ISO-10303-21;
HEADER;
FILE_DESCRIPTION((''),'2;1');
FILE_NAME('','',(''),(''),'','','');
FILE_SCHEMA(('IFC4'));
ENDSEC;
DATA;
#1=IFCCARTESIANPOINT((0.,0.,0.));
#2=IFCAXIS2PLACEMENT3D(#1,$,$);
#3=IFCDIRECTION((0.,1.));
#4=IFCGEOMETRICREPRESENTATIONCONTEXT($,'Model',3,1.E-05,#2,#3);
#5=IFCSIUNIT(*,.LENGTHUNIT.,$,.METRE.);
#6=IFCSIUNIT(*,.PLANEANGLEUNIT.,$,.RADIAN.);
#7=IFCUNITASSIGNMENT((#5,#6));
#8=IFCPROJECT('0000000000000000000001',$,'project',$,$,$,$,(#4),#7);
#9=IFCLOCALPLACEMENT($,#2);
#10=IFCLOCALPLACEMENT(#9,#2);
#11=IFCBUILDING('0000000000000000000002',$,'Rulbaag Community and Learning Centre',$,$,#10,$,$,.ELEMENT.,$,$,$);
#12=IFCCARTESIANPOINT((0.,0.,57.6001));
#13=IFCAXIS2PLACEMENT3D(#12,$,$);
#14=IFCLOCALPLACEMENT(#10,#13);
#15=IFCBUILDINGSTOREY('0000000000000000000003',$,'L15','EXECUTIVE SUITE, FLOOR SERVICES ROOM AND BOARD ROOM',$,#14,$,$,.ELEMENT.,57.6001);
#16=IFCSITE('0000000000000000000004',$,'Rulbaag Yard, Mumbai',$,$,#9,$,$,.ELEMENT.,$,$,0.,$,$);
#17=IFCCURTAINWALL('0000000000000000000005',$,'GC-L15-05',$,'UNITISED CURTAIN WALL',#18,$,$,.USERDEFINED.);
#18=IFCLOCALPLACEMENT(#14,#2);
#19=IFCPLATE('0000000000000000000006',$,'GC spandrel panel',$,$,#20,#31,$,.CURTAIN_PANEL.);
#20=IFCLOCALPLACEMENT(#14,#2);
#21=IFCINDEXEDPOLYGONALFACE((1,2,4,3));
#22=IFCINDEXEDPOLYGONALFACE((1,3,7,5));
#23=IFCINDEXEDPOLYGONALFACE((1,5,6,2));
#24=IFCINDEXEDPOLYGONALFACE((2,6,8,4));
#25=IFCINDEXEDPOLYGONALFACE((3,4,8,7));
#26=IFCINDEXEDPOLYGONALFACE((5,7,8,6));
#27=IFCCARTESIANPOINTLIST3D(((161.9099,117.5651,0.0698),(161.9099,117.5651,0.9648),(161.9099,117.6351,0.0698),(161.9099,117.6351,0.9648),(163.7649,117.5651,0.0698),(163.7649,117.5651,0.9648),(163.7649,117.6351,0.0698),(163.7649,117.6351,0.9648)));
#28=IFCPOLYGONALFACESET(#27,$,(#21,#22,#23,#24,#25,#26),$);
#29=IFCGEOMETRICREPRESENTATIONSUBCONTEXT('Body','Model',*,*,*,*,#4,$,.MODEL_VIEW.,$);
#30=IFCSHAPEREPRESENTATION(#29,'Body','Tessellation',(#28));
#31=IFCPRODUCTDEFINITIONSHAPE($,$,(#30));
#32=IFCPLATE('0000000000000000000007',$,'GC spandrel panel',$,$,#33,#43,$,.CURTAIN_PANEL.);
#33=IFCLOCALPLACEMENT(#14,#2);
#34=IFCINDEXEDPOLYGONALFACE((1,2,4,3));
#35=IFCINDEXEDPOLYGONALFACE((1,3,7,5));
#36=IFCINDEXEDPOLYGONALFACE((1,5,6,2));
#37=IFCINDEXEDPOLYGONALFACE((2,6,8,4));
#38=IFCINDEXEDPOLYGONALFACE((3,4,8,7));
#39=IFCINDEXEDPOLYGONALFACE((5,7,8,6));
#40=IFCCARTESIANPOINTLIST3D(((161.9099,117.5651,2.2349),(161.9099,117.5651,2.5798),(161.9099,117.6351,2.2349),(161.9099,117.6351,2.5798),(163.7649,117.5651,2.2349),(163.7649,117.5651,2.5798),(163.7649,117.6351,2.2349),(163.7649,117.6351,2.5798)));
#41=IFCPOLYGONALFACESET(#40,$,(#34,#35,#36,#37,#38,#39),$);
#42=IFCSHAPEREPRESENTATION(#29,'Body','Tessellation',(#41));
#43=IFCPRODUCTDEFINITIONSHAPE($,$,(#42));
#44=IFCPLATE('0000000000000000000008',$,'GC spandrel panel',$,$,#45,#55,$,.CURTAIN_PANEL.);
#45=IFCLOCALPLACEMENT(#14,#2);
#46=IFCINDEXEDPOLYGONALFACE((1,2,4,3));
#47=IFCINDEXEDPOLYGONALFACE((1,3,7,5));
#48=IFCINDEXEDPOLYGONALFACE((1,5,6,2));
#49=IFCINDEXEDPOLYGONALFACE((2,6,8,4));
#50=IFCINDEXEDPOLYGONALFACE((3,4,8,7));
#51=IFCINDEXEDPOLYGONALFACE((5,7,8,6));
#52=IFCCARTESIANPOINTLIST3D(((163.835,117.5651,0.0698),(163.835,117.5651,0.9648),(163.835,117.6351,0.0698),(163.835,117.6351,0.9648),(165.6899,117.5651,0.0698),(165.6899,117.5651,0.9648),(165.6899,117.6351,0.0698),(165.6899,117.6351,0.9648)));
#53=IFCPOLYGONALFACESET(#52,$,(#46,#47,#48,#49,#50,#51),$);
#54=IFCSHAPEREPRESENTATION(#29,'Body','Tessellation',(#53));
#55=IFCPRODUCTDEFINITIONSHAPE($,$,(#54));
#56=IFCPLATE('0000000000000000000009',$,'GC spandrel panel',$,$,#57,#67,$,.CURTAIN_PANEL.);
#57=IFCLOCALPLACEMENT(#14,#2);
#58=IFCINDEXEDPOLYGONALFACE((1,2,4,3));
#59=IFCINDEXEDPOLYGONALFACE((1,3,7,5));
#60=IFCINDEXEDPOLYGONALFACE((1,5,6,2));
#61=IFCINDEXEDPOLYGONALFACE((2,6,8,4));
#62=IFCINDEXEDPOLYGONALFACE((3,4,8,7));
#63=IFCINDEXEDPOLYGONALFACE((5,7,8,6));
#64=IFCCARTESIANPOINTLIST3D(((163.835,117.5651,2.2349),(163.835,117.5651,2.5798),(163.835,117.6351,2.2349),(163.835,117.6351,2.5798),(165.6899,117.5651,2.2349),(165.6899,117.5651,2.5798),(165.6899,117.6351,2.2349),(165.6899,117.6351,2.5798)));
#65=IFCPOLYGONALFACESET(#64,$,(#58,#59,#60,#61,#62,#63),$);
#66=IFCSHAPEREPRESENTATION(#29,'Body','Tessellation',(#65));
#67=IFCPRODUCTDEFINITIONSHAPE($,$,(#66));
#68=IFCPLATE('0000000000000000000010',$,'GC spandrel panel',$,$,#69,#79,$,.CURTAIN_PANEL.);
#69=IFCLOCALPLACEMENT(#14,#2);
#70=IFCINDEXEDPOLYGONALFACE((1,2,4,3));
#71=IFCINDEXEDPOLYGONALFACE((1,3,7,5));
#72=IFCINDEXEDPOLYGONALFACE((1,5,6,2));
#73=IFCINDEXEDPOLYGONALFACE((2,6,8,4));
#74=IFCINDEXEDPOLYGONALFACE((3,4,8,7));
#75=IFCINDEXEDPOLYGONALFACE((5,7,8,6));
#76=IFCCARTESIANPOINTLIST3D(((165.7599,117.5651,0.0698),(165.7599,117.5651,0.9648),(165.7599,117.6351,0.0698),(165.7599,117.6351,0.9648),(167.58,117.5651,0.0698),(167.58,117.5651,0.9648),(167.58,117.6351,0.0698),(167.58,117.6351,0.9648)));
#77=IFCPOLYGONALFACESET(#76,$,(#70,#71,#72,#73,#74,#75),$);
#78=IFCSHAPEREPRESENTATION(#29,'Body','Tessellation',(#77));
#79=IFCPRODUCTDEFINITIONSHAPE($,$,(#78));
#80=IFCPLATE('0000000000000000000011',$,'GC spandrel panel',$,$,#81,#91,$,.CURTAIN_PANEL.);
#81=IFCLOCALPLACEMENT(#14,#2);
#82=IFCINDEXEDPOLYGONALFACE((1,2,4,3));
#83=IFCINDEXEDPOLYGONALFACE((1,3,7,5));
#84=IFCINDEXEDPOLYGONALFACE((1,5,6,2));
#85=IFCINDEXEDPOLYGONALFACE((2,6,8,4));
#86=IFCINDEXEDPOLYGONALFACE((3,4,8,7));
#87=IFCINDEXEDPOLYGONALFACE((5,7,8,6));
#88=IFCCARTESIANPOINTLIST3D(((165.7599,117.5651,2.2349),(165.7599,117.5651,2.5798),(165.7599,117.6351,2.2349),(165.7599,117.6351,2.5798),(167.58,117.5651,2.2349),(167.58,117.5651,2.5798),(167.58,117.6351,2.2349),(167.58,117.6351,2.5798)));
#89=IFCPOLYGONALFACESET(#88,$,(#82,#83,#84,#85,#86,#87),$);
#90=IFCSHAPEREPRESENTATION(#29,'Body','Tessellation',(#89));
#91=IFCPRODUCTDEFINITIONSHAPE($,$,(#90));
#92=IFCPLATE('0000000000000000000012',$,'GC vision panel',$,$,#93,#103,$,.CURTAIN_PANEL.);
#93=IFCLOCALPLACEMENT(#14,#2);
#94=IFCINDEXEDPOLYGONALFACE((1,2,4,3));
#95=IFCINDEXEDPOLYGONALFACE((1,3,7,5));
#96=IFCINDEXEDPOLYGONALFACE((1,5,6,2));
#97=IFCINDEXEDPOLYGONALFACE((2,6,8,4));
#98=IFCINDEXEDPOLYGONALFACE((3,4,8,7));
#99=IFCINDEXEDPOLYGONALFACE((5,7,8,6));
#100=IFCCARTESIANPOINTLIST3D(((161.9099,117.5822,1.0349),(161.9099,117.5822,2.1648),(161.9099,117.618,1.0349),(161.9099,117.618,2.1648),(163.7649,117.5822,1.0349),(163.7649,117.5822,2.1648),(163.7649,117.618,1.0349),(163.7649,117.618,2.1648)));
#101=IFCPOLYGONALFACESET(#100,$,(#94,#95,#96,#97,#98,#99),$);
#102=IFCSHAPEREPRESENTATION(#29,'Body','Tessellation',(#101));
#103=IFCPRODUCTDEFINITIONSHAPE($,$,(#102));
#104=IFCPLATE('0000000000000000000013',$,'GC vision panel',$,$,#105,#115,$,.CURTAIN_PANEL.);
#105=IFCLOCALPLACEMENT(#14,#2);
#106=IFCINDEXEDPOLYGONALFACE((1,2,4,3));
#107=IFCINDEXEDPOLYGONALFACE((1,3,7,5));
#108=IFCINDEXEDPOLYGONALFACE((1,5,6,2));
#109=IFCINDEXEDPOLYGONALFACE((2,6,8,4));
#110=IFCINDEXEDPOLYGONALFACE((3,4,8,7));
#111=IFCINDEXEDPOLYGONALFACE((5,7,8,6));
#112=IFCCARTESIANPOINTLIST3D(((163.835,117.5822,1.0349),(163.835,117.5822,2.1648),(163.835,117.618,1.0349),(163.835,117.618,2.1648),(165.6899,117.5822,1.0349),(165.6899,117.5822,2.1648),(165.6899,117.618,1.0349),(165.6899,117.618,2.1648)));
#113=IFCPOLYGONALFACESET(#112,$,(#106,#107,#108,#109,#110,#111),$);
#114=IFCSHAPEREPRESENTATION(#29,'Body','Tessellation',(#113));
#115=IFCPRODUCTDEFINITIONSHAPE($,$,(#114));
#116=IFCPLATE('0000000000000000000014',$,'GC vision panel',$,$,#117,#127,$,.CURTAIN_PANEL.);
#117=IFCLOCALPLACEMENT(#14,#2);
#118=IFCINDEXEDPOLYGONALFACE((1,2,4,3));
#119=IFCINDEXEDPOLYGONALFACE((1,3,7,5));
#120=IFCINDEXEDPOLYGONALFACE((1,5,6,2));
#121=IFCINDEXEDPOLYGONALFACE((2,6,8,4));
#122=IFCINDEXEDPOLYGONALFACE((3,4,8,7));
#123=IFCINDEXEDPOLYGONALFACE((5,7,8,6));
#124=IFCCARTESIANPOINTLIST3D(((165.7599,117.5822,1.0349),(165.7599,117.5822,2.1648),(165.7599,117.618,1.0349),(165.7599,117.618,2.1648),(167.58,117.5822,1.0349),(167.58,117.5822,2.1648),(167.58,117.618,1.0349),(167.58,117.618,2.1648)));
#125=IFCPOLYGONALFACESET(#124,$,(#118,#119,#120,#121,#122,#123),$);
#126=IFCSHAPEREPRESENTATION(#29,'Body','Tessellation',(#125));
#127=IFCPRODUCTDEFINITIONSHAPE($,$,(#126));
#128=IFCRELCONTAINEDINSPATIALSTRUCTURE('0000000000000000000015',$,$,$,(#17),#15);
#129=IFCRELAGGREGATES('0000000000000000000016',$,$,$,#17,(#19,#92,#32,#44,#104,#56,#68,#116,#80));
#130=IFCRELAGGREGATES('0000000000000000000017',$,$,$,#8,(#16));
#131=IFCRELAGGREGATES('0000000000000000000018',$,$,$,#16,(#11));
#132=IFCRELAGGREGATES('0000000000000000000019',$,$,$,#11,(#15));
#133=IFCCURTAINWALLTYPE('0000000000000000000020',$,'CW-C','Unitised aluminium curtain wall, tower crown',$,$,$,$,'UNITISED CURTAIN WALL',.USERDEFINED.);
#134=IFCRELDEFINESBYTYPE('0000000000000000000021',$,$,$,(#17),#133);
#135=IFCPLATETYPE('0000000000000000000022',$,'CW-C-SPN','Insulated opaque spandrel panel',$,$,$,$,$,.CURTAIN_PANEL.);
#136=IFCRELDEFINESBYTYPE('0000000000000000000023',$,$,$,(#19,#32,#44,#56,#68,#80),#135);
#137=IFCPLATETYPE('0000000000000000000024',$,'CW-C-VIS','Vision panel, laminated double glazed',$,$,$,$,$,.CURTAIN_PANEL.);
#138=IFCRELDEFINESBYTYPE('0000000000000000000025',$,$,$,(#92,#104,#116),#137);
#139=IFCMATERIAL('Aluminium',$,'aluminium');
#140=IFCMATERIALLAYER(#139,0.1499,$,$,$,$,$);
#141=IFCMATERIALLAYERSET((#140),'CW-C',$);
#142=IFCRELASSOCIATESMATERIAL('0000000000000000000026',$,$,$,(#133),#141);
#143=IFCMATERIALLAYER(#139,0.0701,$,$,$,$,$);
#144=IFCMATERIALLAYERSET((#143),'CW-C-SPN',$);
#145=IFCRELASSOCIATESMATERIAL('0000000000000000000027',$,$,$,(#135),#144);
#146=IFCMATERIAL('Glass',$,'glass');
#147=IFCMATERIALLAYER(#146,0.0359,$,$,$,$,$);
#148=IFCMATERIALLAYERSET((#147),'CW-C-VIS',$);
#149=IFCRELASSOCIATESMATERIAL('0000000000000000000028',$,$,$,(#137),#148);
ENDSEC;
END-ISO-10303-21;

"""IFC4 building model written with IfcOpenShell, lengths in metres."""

from ifc_helpers import new_model, si_unit, direction, frame, origin, origin_2d, place, context, subcontext, project, spatial, rectangle, extrude, material, layer, layer_set, type_object, element, aggregate, save


model = new_model("IFC4")

# Units and contexts
model_context = context("Model", 3, precision=1e-05, world=origin(), true_north=direction((0.0, 1.0)))
body_context = subcontext(model_context, "Body", "Model", "MODEL_VIEW")
ifc_project = project(units=[si_unit("LENGTHUNIT", "METRE"), si_unit("PLANEANGLEUNIT", "RADIAN")], contexts=[model_context])

# Site, building, storey
site_placement = place(None, origin())
site = spatial("IfcSite", under=ifc_project, at=site_placement, Name="Rulbaag Yard, Mumbai", CompositionType="ELEMENT", RefElevation=0.0)
building_placement = place(site_placement, origin())
building = spatial("IfcBuilding", under=site, at=building_placement, Name="Rulbaag Community and Learning Centre", CompositionType="ELEMENT")
storey_placement = place(building_placement, frame((0.0, 0.0, 57.6001)))
storey = spatial("IfcBuildingStorey", under=building, at=storey_placement, Name="L15", Description="EXECUTIVE SUITE, FLOOR SERVICES ROOM AND BOARD ROOM", CompositionType="ELEMENT", Elevation=57.6001)

# Curtain wall, plates
ifc_material_1 = material(Name="Aluminium", Category="aluminium")
ifc_layer_1 = layer(ifc_material_1, 0.1499)
ifc_layer_set_1 = layer_set([ifc_layer_1], Name="CW-C")
curtain_wall_type = type_object("IfcCurtainWallType", Name="CW-C", Description="Unitised aluminium curtain wall, tower crown", ElementType="UNITISED CURTAIN WALL", PredefinedType="USERDEFINED", material=ifc_layer_set_1)
curtain_wall_placement = place(storey_placement, origin())
curtain_wall = element("IfcCurtainWall", 1, at=curtain_wall_placement, inside=storey, type_object=curtain_wall_type, Name="GC-L15-05", ObjectType="UNITISED CURTAIN WALL", PredefinedType="USERDEFINED")
ifc_layer_2 = layer(ifc_material_1, 0.0701)
ifc_layer_set_2 = layer_set([ifc_layer_2], Name="CW-C-SPN")
plate_type_1 = type_object("IfcPlateType", Name="CW-C-SPN", Description="Insulated opaque spandrel panel", PredefinedType="CURTAIN_PANEL", material=ifc_layer_set_2)
plate_1_placement = place(storey_placement, frame((162.8374, 117.6001, 0.0698), z_axis=(0.0, 0.0, 1.0), x_axis=(1.0, 0.0, 0.0)))
plate_1 = element("IfcPlate", 2, at=plate_1_placement, type_object=plate_type_1, Name="GC spandrel panel", PredefinedType="CURTAIN_PANEL", context=body_context, shape_type="SweptSolid", body=[
    extrude(rectangle(XDim=1.855, YDim=0.0701, at=origin_2d()), origin(), (0.0, 0.0, 1.0), 0.895),
])
plate_2_placement = place(storey_placement, frame((162.8374, 117.6001, 2.2349), z_axis=(0.0, 0.0, 1.0), x_axis=(1.0, 0.0, 0.0)))
plate_2 = element("IfcPlate", 3, at=plate_2_placement, type_object=plate_type_1, Name="GC spandrel panel", PredefinedType="CURTAIN_PANEL", context=body_context, shape_type="SweptSolid", body=[
    extrude(rectangle(XDim=1.855, YDim=0.0701, at=origin_2d()), origin(), (0.0, 0.0, 1.0), 0.345),
])
plate_3_placement = place(storey_placement, frame((164.7625, 117.6001, 0.0698), z_axis=(0.0, 0.0, 1.0), x_axis=(1.0, 0.0, 0.0)))
plate_3 = element("IfcPlate", 4, at=plate_3_placement, type_object=plate_type_1, Name="GC spandrel panel", PredefinedType="CURTAIN_PANEL", context=body_context, shape_type="SweptSolid", body=[
    extrude(rectangle(XDim=1.855, YDim=0.0701, at=origin_2d()), origin(), (0.0, 0.0, 1.0), 0.895),
])
plate_4_placement = place(storey_placement, frame((164.7625, 117.6001, 2.2349), z_axis=(0.0, 0.0, 1.0), x_axis=(1.0, 0.0, 0.0)))
plate_4 = element("IfcPlate", 5, at=plate_4_placement, type_object=plate_type_1, Name="GC spandrel panel", PredefinedType="CURTAIN_PANEL", context=body_context, shape_type="SweptSolid", body=[
    extrude(rectangle(XDim=1.855, YDim=0.0701, at=origin_2d()), origin(), (0.0, 0.0, 1.0), 0.345),
])
plate_5_placement = place(storey_placement, frame((166.6699, 117.6001, 0.0698), z_axis=(0.0, 0.0, 1.0), x_axis=(1.0, 0.0, 0.0)))
plate_5 = element("IfcPlate", 6, at=plate_5_placement, type_object=plate_type_1, Name="GC spandrel panel", PredefinedType="CURTAIN_PANEL", context=body_context, shape_type="SweptSolid", body=[
    extrude(rectangle(XDim=1.8201, YDim=0.0701, at=origin_2d()), origin(), (0.0, 0.0, 1.0), 0.895),
])
plate_6_placement = place(storey_placement, frame((166.6699, 117.6001, 2.2349), z_axis=(0.0, 0.0, 1.0), x_axis=(1.0, 0.0, 0.0)))
plate_6 = element("IfcPlate", 7, at=plate_6_placement, type_object=plate_type_1, Name="GC spandrel panel", PredefinedType="CURTAIN_PANEL", context=body_context, shape_type="SweptSolid", body=[
    extrude(rectangle(XDim=1.8201, YDim=0.0701, at=origin_2d()), origin(), (0.0, 0.0, 1.0), 0.345),
])
ifc_material_2 = material(Name="Glass", Category="glass")
ifc_layer_3 = layer(ifc_material_2, 0.0359)
ifc_layer_set_3 = layer_set([ifc_layer_3], Name="CW-C-VIS")
plate_type_2 = type_object("IfcPlateType", Name="CW-C-VIS", Description="Vision panel, laminated double glazed", PredefinedType="CURTAIN_PANEL", material=ifc_layer_set_3)
plate_7_placement = place(storey_placement, frame((162.8374, 117.6001, 1.0349), z_axis=(0.0, 0.0, 1.0), x_axis=(1.0, 0.0, 0.0)))
plate_7 = element("IfcPlate", 8, at=plate_7_placement, type_object=plate_type_2, Name="GC vision panel", PredefinedType="CURTAIN_PANEL", context=body_context, shape_type="SweptSolid", body=[
    extrude(rectangle(XDim=1.855, YDim=0.0359, at=origin_2d()), origin(), (0.0, 0.0, 1.0), 1.1299),
])
plate_8_placement = place(storey_placement, frame((164.7625, 117.6001, 1.0349), z_axis=(0.0, 0.0, 1.0), x_axis=(1.0, 0.0, 0.0)))
plate_8 = element("IfcPlate", 9, at=plate_8_placement, type_object=plate_type_2, Name="GC vision panel", PredefinedType="CURTAIN_PANEL", context=body_context, shape_type="SweptSolid", body=[
    extrude(rectangle(XDim=1.855, YDim=0.0359, at=origin_2d()), origin(), (0.0, 0.0, 1.0), 1.1299),
])
plate_9_placement = place(storey_placement, frame((166.6699, 117.6001, 1.0349), z_axis=(0.0, 0.0, 1.0), x_axis=(1.0, 0.0, 0.0)))
plate_9 = element("IfcPlate", 10, at=plate_9_placement, type_object=plate_type_2, Name="GC vision panel", PredefinedType="CURTAIN_PANEL", context=body_context, shape_type="SweptSolid", body=[
    extrude(rectangle(XDim=1.8201, YDim=0.0359, at=origin_2d()), origin(), (0.0, 0.0, 1.0), 1.1299),
])
aggregate(curtain_wall, [plate_1, plate_7, plate_2, plate_3, plate_8, plate_4, plate_5, plate_9, plate_6])

save(model, "model.ifc")
